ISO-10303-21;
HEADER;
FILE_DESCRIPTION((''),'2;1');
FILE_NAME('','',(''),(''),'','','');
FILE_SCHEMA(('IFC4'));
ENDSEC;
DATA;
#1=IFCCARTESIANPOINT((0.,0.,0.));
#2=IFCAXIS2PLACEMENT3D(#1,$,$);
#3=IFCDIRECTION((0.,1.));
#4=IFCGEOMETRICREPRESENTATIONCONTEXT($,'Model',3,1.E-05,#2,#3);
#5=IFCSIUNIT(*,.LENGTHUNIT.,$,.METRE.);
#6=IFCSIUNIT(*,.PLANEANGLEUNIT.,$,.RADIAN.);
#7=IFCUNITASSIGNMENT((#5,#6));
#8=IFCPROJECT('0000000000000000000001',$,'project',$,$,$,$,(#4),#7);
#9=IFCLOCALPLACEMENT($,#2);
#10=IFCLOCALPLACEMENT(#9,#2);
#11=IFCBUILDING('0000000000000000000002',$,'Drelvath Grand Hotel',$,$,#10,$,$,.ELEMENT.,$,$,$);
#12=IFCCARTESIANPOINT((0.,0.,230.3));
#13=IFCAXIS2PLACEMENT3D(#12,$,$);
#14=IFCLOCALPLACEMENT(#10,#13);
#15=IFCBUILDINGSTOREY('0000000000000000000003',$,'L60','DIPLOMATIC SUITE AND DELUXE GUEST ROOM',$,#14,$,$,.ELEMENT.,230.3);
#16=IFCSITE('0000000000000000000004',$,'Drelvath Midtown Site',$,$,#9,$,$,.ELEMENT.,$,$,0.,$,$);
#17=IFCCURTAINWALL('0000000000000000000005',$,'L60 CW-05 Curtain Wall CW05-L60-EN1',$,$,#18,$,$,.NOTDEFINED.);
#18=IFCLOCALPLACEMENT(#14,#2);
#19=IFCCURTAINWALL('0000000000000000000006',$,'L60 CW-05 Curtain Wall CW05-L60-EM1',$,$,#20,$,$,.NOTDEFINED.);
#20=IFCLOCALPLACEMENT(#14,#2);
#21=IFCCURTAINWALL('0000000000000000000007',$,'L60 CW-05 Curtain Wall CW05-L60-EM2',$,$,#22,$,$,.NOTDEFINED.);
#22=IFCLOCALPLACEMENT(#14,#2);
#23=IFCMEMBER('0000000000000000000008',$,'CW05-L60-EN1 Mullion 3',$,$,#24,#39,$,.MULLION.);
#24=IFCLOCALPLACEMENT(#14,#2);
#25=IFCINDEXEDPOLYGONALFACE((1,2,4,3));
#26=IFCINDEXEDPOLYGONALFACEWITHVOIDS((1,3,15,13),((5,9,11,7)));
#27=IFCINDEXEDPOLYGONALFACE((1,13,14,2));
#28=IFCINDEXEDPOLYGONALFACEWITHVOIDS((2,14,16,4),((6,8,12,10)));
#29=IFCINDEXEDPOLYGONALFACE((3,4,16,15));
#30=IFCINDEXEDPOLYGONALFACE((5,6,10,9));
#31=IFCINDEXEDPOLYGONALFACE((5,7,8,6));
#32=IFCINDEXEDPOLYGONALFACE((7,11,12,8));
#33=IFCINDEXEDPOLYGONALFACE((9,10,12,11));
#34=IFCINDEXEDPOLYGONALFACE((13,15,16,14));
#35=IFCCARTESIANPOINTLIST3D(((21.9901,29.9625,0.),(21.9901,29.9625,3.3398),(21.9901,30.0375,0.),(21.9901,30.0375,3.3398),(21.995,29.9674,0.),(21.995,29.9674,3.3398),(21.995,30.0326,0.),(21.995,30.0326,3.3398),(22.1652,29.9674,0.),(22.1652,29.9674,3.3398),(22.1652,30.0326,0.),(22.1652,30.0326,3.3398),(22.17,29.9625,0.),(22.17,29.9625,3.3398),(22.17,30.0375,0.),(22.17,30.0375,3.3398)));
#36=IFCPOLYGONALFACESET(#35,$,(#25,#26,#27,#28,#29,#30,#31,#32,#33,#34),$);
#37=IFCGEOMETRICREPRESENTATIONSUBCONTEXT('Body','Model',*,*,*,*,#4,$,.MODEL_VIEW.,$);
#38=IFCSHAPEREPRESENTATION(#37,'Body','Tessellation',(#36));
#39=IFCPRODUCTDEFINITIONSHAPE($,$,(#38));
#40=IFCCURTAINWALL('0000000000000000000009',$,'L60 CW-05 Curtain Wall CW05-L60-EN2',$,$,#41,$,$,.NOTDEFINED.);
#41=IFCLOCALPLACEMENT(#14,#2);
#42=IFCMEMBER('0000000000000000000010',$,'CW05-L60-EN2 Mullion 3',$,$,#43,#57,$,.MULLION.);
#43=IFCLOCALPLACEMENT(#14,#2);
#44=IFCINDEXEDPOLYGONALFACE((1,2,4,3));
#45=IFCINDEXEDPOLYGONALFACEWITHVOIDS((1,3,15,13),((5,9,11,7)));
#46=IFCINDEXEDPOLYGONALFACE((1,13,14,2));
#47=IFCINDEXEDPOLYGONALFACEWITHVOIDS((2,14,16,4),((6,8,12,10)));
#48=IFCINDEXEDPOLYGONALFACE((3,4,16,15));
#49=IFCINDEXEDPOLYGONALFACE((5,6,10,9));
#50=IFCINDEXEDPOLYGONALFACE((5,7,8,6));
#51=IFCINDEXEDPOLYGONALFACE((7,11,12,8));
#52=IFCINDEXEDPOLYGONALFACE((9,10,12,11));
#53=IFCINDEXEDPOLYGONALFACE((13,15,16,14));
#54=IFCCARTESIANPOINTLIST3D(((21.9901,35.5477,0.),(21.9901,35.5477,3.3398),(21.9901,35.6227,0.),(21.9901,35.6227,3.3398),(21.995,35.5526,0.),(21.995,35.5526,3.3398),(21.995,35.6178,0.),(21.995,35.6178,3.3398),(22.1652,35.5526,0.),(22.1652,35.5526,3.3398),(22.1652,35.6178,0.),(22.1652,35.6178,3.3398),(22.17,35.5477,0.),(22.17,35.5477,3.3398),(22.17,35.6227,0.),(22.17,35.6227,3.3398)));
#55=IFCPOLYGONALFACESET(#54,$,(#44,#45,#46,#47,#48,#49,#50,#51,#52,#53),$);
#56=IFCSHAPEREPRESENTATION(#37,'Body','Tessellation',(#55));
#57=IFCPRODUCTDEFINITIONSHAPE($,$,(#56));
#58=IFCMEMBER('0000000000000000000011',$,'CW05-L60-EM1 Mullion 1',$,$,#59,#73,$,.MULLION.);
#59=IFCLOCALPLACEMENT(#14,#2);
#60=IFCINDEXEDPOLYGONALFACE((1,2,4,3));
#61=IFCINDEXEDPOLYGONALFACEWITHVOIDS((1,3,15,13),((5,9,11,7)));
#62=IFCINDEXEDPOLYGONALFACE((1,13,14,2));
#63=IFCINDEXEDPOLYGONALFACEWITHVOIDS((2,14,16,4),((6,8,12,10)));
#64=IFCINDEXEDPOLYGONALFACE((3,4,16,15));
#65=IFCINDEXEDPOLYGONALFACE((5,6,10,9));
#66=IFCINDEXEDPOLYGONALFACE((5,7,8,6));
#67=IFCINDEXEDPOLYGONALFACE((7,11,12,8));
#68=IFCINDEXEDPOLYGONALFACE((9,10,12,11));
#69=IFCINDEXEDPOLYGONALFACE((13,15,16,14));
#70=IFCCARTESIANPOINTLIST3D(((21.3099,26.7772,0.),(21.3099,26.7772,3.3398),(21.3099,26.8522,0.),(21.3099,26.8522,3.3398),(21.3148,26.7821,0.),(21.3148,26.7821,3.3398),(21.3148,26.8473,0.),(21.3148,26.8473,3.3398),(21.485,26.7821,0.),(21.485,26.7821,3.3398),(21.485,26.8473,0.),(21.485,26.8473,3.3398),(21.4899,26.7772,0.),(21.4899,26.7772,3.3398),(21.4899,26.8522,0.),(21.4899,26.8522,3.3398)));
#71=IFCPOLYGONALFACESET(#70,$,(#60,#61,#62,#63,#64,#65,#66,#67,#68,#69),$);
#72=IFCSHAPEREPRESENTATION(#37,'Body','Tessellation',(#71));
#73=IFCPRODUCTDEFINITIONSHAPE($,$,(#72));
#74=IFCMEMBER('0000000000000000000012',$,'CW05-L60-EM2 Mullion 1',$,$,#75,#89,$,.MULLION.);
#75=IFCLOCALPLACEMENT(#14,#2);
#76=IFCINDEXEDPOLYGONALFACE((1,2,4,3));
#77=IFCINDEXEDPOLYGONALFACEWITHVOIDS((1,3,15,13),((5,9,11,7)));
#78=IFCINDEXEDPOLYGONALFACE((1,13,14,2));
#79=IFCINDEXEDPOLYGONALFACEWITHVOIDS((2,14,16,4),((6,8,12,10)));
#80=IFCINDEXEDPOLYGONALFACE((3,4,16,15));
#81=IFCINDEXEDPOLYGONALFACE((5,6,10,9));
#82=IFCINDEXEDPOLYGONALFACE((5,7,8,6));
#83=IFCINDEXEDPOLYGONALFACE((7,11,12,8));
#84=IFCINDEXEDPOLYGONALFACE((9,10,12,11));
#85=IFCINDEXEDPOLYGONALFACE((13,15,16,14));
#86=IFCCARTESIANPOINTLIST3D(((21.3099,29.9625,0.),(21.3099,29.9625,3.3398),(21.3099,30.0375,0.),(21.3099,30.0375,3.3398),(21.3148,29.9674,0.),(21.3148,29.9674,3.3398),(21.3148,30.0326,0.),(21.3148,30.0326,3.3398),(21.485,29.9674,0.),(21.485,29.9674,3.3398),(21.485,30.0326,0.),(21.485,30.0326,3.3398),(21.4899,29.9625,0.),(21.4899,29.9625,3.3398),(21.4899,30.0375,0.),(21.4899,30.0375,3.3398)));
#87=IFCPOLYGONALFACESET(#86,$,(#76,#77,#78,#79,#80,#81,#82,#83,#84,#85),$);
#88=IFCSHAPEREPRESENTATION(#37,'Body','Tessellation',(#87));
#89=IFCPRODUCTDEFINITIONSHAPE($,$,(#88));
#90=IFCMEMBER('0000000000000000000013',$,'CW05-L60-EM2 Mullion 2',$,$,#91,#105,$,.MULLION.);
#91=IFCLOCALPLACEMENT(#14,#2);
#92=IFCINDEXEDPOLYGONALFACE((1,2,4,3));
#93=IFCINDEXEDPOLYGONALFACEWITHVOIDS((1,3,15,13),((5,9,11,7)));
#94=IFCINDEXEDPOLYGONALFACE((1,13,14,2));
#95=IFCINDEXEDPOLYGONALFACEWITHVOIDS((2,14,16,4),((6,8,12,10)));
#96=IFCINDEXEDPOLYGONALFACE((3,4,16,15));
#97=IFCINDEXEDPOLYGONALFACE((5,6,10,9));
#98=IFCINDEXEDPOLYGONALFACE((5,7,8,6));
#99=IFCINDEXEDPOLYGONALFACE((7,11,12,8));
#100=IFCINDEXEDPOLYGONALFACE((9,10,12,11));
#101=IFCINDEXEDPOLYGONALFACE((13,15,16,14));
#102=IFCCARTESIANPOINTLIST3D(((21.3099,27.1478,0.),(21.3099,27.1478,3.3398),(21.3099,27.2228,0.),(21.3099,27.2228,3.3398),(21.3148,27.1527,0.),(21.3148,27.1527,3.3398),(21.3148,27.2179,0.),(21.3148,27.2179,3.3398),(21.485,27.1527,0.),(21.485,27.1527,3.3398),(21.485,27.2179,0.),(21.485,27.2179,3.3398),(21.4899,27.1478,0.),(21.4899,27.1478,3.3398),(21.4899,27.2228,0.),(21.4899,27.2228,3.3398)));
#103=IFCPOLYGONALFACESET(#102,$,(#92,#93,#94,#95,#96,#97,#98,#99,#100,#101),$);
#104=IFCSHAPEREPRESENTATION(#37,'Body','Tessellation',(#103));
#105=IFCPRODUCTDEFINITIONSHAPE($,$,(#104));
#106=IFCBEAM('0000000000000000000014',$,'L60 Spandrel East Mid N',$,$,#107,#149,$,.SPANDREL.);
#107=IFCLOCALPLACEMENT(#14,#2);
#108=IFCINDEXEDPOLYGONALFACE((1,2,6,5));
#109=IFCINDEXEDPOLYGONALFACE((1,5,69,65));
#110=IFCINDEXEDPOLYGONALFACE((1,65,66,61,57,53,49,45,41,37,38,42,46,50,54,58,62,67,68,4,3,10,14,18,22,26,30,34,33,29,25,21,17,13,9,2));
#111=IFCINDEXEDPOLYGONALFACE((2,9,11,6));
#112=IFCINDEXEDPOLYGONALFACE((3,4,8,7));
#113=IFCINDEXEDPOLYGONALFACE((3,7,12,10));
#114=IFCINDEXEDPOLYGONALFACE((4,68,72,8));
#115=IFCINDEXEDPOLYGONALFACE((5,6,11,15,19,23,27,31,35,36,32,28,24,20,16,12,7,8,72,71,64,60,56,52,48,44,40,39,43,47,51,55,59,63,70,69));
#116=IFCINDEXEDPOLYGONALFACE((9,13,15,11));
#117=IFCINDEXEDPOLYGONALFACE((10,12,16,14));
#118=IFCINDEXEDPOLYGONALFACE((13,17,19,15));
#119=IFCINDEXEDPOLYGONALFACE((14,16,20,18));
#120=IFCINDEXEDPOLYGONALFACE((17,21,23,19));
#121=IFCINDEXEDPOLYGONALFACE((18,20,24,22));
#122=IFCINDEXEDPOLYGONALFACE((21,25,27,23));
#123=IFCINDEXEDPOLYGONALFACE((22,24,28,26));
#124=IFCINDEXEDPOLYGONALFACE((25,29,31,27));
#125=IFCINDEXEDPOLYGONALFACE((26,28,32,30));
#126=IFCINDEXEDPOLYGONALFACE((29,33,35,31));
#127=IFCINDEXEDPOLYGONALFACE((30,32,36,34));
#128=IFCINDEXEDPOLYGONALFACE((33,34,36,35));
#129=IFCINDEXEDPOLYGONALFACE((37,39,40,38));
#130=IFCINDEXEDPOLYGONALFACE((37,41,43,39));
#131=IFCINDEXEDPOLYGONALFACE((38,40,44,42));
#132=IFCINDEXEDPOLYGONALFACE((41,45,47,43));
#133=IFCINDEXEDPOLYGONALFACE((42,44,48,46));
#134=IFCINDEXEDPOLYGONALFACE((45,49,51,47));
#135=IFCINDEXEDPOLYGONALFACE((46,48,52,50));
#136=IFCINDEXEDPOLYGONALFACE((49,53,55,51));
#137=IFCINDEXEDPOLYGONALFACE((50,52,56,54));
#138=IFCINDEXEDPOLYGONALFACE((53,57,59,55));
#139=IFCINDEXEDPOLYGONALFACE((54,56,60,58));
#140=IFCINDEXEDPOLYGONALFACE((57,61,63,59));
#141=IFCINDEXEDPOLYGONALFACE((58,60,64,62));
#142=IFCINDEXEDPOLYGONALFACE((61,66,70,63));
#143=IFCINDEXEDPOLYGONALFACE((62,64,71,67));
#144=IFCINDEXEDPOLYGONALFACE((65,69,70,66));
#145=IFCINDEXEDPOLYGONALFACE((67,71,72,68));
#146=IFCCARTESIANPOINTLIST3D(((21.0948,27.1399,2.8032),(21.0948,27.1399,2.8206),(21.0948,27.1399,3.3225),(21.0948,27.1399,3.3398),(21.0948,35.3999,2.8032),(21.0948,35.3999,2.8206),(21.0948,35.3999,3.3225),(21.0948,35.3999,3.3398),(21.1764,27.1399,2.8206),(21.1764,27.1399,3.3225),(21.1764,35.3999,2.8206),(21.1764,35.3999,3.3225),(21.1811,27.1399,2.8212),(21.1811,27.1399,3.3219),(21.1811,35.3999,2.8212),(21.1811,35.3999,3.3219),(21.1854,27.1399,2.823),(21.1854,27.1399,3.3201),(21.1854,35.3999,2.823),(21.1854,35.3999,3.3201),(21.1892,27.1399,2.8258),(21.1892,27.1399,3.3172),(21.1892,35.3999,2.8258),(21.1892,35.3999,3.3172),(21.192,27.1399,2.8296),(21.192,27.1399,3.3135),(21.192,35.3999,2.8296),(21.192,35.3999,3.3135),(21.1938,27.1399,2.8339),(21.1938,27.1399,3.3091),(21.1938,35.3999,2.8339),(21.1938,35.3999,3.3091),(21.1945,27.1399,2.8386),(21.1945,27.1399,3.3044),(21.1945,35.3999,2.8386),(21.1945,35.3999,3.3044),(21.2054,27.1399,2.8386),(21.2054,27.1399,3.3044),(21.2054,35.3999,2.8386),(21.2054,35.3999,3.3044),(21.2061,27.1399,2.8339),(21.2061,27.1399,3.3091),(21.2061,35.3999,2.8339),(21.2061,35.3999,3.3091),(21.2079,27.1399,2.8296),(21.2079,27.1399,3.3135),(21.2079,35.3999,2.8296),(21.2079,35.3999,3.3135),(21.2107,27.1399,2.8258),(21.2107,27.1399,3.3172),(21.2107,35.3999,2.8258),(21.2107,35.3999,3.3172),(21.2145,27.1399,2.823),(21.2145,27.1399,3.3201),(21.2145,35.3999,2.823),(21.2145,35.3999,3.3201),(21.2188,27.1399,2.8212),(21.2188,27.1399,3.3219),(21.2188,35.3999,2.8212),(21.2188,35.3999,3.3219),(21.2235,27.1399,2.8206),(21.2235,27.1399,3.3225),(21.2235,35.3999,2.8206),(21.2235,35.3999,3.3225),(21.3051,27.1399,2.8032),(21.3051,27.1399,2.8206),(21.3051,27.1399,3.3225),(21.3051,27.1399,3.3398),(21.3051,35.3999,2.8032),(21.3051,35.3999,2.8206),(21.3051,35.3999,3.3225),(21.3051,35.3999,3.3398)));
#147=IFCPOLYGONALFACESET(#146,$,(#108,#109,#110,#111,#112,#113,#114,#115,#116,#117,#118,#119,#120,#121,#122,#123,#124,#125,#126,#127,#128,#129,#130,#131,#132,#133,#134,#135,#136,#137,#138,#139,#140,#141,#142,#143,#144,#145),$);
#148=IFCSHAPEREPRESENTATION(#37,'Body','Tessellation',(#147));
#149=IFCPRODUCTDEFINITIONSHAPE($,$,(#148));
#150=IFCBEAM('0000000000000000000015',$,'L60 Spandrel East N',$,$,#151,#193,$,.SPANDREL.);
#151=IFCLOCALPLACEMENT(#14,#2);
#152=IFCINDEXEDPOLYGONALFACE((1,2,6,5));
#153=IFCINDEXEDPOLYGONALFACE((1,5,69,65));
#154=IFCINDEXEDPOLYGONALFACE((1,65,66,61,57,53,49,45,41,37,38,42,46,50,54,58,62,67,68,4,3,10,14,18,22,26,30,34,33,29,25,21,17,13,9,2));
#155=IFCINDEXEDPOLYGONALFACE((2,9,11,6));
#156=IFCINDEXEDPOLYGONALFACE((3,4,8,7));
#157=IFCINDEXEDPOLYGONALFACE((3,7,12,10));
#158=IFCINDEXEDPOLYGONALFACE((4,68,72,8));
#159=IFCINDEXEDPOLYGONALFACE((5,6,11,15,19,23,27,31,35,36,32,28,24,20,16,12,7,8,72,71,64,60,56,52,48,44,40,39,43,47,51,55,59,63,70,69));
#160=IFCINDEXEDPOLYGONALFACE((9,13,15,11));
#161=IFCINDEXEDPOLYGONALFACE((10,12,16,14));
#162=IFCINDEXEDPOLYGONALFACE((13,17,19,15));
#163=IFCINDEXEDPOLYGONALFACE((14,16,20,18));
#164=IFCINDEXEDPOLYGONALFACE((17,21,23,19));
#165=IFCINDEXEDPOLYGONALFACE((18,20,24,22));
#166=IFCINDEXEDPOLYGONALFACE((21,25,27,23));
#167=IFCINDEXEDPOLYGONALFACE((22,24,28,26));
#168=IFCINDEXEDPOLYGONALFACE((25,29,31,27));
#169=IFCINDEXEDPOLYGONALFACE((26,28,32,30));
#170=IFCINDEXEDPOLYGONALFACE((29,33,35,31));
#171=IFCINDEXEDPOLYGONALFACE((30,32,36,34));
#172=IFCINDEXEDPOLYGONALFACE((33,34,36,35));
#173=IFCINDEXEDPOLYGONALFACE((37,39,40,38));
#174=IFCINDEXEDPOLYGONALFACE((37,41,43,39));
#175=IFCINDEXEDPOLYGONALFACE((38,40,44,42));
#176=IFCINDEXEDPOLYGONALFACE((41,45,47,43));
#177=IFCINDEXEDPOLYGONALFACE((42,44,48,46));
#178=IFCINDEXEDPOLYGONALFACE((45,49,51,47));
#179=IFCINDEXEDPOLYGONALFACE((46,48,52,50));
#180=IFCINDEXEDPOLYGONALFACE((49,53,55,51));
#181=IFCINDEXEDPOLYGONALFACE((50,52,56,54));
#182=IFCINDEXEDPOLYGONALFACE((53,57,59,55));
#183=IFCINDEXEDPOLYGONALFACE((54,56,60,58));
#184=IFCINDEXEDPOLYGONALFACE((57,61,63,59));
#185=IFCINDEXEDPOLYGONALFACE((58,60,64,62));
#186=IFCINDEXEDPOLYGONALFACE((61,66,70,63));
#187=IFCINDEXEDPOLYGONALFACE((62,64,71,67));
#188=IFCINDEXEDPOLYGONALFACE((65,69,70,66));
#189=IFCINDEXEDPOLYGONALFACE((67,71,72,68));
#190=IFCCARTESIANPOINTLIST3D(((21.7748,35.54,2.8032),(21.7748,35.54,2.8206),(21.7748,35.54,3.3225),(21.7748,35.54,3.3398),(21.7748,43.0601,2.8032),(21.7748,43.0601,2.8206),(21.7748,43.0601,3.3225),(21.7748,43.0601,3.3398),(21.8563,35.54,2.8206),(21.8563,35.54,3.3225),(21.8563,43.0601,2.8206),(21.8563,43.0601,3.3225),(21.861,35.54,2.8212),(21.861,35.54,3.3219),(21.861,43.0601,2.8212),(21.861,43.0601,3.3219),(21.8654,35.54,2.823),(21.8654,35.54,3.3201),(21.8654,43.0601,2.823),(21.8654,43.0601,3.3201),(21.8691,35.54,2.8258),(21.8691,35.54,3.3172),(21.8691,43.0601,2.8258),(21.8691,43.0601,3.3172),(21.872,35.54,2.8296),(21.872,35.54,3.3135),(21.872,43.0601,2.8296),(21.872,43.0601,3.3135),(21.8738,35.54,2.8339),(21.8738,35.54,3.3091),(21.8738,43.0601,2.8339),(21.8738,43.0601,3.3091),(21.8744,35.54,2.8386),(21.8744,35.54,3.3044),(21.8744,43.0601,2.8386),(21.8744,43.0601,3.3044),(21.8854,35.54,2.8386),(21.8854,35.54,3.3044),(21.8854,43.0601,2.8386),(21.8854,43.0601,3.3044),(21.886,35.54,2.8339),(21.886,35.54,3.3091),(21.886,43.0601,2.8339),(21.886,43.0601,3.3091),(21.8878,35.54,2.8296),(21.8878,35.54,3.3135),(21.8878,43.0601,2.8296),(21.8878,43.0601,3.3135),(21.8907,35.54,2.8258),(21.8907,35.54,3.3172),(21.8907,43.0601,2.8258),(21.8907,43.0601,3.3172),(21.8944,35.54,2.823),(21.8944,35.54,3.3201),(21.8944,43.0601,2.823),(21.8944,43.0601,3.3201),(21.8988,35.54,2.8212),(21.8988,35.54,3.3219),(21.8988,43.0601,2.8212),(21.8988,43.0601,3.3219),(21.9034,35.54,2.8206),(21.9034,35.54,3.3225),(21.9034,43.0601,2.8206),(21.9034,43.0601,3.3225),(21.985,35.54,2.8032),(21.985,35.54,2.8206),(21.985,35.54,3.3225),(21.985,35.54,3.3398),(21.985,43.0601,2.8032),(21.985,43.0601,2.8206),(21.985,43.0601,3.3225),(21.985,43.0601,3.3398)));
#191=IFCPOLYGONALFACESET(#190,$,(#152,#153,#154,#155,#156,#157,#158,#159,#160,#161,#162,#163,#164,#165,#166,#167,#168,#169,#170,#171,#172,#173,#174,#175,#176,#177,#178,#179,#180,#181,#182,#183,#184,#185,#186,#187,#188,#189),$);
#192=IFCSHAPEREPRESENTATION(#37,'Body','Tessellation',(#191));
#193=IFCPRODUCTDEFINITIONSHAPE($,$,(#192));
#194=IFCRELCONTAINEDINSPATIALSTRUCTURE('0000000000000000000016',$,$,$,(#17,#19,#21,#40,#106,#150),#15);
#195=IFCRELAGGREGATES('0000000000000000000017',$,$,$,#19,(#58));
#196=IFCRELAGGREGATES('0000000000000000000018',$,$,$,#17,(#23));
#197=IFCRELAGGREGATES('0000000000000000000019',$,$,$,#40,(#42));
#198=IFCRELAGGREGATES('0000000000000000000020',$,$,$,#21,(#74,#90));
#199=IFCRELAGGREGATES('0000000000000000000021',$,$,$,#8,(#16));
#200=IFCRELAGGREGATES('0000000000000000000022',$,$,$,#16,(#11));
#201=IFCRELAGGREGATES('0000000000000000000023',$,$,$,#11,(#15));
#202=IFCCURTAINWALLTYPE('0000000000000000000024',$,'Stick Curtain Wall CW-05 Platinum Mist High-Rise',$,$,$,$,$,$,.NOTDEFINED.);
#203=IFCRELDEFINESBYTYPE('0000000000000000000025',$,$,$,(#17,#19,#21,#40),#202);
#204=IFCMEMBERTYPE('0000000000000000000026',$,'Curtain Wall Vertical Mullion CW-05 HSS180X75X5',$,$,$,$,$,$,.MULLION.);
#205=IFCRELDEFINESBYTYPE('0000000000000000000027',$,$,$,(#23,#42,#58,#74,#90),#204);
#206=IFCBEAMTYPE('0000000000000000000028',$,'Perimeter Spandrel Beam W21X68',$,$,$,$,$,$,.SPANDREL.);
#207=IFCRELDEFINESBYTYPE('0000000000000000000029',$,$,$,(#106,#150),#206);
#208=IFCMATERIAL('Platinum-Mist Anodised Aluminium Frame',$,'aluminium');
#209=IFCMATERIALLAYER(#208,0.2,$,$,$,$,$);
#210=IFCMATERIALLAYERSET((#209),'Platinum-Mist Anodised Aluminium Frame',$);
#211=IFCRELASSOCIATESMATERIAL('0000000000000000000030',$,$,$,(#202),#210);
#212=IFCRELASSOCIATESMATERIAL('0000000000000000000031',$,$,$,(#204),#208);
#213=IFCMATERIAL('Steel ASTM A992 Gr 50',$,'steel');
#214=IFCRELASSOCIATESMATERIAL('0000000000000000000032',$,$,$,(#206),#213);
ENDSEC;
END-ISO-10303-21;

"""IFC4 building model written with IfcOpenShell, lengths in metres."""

from ifc_helpers import new_model, si_unit, direction, frame, origin, origin_2d, place, context, subcontext, project, spatial, hollow_rectangle, i_section, extrude, material, layer, layer_set, material_profile, profile_set, type_object, element, aggregate, save


model = new_model("IFC4")

# Units and contexts
model_context = context("Model", 3, precision=1e-05, world=origin(), true_north=direction((0.0, 1.0)))
body_context = subcontext(model_context, "Body", "Model", "MODEL_VIEW")
ifc_project = project(units=[si_unit("LENGTHUNIT", "METRE"), si_unit("PLANEANGLEUNIT", "RADIAN")], contexts=[model_context])

# Site, building, storey
site_placement = place(None, origin())
site = spatial("IfcSite", under=ifc_project, at=site_placement, Name="Drelvath Midtown Site", CompositionType="ELEMENT", RefElevation=0.0)
building_placement = place(site_placement, origin())
building = spatial("IfcBuilding", under=site, at=building_placement, Name="Drelvath Grand Hotel", CompositionType="ELEMENT")
storey_placement = place(building_placement, frame((0.0, 0.0, 230.3)))
storey = spatial("IfcBuildingStorey", under=building, at=storey_placement, Name="L60", Description="DIPLOMATIC SUITE AND DELUXE GUEST ROOM", CompositionType="ELEMENT", Elevation=230.3)

# Curtain walls
ifc_material_1 = material(Name="Platinum-Mist Anodised Aluminium Frame", Category="aluminium")
ifc_layer_1 = layer(ifc_material_1, 0.2)
ifc_layer_set_1 = layer_set([ifc_layer_1], Name="Platinum-Mist Anodised Aluminium Frame")
curtain_wall_type = type_object("IfcCurtainWallType", Name="Stick Curtain Wall CW-05 Platinum Mist High-Rise", PredefinedType="NOTDEFINED", material=ifc_layer_set_1)
curtain_wall_1_placement = place(storey_placement, origin())
curtain_wall_1 = element("IfcCurtainWall", 1, at=curtain_wall_1_placement, inside=storey, type_object=curtain_wall_type, Name="L60 CW-05 Curtain Wall CW05-L60-EN1", PredefinedType="NOTDEFINED")
curtain_wall_2_placement = place(storey_placement, origin())
curtain_wall_2 = element("IfcCurtainWall", 2, at=curtain_wall_2_placement, inside=storey, type_object=curtain_wall_type, Name="L60 CW-05 Curtain Wall CW05-L60-EM1", PredefinedType="NOTDEFINED")
curtain_wall_3_placement = place(storey_placement, origin())
curtain_wall_3 = element("IfcCurtainWall", 3, at=curtain_wall_3_placement, inside=storey, type_object=curtain_wall_type, Name="L60 CW-05 Curtain Wall CW05-L60-EM2", PredefinedType="NOTDEFINED")

# Member
ifc_material_profile_1 = material_profile(ifc_material_1, hollow_rectangle(XDim=0.075, YDim=0.1799, WallThickness=0.0049, at=origin_2d()), Name="HSS180X75X5")
ifc_profile_set_1 = profile_set([ifc_material_profile_1], Name="Platinum-Mist Anodised Aluminium Frame")
member_type_1 = type_object("IfcMemberType", Name="Curtain Wall Vertical Mullion CW-05 HSS180X75X5", PredefinedType="MULLION", material=ifc_profile_set_1)
member_1_placement = place(storey_placement, frame((22.0801, 30.0, 0.0), z_axis=(0.0, 0.0, 1.0), x_axis=(0.0, 1.0, 0.0)))
member_1 = element("IfcMember", 4, at=member_1_placement, type_object=member_type_1, Name="CW05-L60-EN1 Mullion 3", PredefinedType="MULLION", context=body_context, shape_type="SweptSolid", body=[
    extrude(hollow_rectangle(XDim=0.075, YDim=0.1799, WallThickness=0.0049, at=origin_2d()), origin(), (0.0, 0.0, 1.0), 3.3398),
])

# Curtain wall, member
curtain_wall_4_placement = place(storey_placement, origin())
curtain_wall_4 = element("IfcCurtainWall", 5, at=curtain_wall_4_placement, inside=storey, type_object=curtain_wall_type, Name="L60 CW-05 Curtain Wall CW05-L60-EN2", PredefinedType="NOTDEFINED")
member_2_placement = place(storey_placement, frame((22.0801, 35.5852, 0.0), z_axis=(0.0, 0.0, 1.0), x_axis=(0.0, 1.0, 0.0)))
member_2 = element("IfcMember", 6, at=member_2_placement, type_object=member_type_1, Name="CW05-L60-EN2 Mullion 3", PredefinedType="MULLION", context=body_context, shape_type="SweptSolid", body=[
    extrude(hollow_rectangle(XDim=0.075, YDim=0.1799, WallThickness=0.0049, at=origin_2d()), origin(), (0.0, 0.0, 1.0), 3.3398),
])

# Members
member_3_placement = place(storey_placement, frame((21.3999, 26.8147, 0.0), z_axis=(0.0, 0.0, 1.0), x_axis=(0.0, 1.0, 0.0)))
member_3 = element("IfcMember", 7, at=member_3_placement, type_object=member_type_1, Name="CW05-L60-EM1 Mullion 1", PredefinedType="MULLION", context=body_context, shape_type="SweptSolid", body=[
    extrude(hollow_rectangle(XDim=0.075, YDim=0.1799, WallThickness=0.0049, at=origin_2d()), origin(), (0.0, 0.0, 1.0), 3.3398),
])
aggregate(curtain_wall_2, [member_3])
member_4_placement = place(storey_placement, frame((21.3999, 30.0, 0.0), z_axis=(0.0, 0.0, 1.0), x_axis=(0.0, 1.0, 0.0)))
member_4 = element("IfcMember", 8, at=member_4_placement, type_object=member_type_1, Name="CW05-L60-EM2 Mullion 1", PredefinedType="MULLION", context=body_context, shape_type="SweptSolid", body=[
    extrude(hollow_rectangle(XDim=0.075, YDim=0.1799, WallThickness=0.0049, at=origin_2d()), origin(), (0.0, 0.0, 1.0), 3.3398),
])
member_5_placement = place(storey_placement, frame((21.3999, 27.1853, 0.0), z_axis=(0.0, 0.0, 1.0), x_axis=(0.0, 1.0, 0.0)))
member_5 = element("IfcMember", 9, at=member_5_placement, type_object=member_type_1, Name="CW05-L60-EM2 Mullion 2", PredefinedType="MULLION", context=body_context, shape_type="SweptSolid", body=[
    extrude(hollow_rectangle(XDim=0.075, YDim=0.1799, WallThickness=0.0049, at=origin_2d()), origin(), (0.0, 0.0, 1.0), 3.3398),
])

# Beams
ifc_material_2 = material(Name="Steel ASTM A992 Gr 50", Category="steel")
ifc_material_profile_2 = material_profile(ifc_material_2, i_section(OverallWidth=0.2102, OverallDepth=0.5366, WebThickness=0.011, FlangeThickness=0.0173, FilletRadius=0.0181, at=origin_2d()), Name="W21X68")
ifc_profile_set_2 = profile_set([ifc_material_profile_2], Name="Steel ASTM A992 Gr 50")
beam_type_1 = type_object("IfcBeamType", Name="Perimeter Spandrel Beam W21X68", PredefinedType="SPANDREL", material=ifc_profile_set_2)
beam_1_placement = place(storey_placement, frame((21.2, 27.1399, 3.0715), z_axis=(0.0, 1.0, 0.0), x_axis=(-1.0, 0.0, 0.0)))
element("IfcBeam", 10, at=beam_1_placement, inside=storey, type_object=beam_type_1, Name="L60 Spandrel East Mid N", PredefinedType="SPANDREL", context=body_context, shape_type="SweptSolid", body=[
    extrude(i_section(OverallWidth=0.2102, OverallDepth=0.5366, WebThickness=0.011, FlangeThickness=0.0173, FilletRadius=0.0181, at=origin_2d()), origin(), (0.0, 0.0, 1.0), 8.26),
])
beam_2_placement = place(storey_placement, frame((21.8799, 35.54, 3.0715), z_axis=(0.0, 1.0, 0.0), x_axis=(-1.0, 0.0, 0.0)))
element("IfcBeam", 11, at=beam_2_placement, inside=storey, type_object=beam_type_1, Name="L60 Spandrel East N", PredefinedType="SPANDREL", context=body_context, shape_type="SweptSolid", body=[
    extrude(i_section(OverallWidth=0.2102, OverallDepth=0.5366, WebThickness=0.011, FlangeThickness=0.0173, FilletRadius=0.0181, at=origin_2d()), origin(), (0.0, 0.0, 1.0), 7.52),
])

aggregate(curtain_wall_1, [member_1])
aggregate(curtain_wall_4, [member_2])
aggregate(curtain_wall_3, [member_4, member_5])

save(model, "model.ifc")
